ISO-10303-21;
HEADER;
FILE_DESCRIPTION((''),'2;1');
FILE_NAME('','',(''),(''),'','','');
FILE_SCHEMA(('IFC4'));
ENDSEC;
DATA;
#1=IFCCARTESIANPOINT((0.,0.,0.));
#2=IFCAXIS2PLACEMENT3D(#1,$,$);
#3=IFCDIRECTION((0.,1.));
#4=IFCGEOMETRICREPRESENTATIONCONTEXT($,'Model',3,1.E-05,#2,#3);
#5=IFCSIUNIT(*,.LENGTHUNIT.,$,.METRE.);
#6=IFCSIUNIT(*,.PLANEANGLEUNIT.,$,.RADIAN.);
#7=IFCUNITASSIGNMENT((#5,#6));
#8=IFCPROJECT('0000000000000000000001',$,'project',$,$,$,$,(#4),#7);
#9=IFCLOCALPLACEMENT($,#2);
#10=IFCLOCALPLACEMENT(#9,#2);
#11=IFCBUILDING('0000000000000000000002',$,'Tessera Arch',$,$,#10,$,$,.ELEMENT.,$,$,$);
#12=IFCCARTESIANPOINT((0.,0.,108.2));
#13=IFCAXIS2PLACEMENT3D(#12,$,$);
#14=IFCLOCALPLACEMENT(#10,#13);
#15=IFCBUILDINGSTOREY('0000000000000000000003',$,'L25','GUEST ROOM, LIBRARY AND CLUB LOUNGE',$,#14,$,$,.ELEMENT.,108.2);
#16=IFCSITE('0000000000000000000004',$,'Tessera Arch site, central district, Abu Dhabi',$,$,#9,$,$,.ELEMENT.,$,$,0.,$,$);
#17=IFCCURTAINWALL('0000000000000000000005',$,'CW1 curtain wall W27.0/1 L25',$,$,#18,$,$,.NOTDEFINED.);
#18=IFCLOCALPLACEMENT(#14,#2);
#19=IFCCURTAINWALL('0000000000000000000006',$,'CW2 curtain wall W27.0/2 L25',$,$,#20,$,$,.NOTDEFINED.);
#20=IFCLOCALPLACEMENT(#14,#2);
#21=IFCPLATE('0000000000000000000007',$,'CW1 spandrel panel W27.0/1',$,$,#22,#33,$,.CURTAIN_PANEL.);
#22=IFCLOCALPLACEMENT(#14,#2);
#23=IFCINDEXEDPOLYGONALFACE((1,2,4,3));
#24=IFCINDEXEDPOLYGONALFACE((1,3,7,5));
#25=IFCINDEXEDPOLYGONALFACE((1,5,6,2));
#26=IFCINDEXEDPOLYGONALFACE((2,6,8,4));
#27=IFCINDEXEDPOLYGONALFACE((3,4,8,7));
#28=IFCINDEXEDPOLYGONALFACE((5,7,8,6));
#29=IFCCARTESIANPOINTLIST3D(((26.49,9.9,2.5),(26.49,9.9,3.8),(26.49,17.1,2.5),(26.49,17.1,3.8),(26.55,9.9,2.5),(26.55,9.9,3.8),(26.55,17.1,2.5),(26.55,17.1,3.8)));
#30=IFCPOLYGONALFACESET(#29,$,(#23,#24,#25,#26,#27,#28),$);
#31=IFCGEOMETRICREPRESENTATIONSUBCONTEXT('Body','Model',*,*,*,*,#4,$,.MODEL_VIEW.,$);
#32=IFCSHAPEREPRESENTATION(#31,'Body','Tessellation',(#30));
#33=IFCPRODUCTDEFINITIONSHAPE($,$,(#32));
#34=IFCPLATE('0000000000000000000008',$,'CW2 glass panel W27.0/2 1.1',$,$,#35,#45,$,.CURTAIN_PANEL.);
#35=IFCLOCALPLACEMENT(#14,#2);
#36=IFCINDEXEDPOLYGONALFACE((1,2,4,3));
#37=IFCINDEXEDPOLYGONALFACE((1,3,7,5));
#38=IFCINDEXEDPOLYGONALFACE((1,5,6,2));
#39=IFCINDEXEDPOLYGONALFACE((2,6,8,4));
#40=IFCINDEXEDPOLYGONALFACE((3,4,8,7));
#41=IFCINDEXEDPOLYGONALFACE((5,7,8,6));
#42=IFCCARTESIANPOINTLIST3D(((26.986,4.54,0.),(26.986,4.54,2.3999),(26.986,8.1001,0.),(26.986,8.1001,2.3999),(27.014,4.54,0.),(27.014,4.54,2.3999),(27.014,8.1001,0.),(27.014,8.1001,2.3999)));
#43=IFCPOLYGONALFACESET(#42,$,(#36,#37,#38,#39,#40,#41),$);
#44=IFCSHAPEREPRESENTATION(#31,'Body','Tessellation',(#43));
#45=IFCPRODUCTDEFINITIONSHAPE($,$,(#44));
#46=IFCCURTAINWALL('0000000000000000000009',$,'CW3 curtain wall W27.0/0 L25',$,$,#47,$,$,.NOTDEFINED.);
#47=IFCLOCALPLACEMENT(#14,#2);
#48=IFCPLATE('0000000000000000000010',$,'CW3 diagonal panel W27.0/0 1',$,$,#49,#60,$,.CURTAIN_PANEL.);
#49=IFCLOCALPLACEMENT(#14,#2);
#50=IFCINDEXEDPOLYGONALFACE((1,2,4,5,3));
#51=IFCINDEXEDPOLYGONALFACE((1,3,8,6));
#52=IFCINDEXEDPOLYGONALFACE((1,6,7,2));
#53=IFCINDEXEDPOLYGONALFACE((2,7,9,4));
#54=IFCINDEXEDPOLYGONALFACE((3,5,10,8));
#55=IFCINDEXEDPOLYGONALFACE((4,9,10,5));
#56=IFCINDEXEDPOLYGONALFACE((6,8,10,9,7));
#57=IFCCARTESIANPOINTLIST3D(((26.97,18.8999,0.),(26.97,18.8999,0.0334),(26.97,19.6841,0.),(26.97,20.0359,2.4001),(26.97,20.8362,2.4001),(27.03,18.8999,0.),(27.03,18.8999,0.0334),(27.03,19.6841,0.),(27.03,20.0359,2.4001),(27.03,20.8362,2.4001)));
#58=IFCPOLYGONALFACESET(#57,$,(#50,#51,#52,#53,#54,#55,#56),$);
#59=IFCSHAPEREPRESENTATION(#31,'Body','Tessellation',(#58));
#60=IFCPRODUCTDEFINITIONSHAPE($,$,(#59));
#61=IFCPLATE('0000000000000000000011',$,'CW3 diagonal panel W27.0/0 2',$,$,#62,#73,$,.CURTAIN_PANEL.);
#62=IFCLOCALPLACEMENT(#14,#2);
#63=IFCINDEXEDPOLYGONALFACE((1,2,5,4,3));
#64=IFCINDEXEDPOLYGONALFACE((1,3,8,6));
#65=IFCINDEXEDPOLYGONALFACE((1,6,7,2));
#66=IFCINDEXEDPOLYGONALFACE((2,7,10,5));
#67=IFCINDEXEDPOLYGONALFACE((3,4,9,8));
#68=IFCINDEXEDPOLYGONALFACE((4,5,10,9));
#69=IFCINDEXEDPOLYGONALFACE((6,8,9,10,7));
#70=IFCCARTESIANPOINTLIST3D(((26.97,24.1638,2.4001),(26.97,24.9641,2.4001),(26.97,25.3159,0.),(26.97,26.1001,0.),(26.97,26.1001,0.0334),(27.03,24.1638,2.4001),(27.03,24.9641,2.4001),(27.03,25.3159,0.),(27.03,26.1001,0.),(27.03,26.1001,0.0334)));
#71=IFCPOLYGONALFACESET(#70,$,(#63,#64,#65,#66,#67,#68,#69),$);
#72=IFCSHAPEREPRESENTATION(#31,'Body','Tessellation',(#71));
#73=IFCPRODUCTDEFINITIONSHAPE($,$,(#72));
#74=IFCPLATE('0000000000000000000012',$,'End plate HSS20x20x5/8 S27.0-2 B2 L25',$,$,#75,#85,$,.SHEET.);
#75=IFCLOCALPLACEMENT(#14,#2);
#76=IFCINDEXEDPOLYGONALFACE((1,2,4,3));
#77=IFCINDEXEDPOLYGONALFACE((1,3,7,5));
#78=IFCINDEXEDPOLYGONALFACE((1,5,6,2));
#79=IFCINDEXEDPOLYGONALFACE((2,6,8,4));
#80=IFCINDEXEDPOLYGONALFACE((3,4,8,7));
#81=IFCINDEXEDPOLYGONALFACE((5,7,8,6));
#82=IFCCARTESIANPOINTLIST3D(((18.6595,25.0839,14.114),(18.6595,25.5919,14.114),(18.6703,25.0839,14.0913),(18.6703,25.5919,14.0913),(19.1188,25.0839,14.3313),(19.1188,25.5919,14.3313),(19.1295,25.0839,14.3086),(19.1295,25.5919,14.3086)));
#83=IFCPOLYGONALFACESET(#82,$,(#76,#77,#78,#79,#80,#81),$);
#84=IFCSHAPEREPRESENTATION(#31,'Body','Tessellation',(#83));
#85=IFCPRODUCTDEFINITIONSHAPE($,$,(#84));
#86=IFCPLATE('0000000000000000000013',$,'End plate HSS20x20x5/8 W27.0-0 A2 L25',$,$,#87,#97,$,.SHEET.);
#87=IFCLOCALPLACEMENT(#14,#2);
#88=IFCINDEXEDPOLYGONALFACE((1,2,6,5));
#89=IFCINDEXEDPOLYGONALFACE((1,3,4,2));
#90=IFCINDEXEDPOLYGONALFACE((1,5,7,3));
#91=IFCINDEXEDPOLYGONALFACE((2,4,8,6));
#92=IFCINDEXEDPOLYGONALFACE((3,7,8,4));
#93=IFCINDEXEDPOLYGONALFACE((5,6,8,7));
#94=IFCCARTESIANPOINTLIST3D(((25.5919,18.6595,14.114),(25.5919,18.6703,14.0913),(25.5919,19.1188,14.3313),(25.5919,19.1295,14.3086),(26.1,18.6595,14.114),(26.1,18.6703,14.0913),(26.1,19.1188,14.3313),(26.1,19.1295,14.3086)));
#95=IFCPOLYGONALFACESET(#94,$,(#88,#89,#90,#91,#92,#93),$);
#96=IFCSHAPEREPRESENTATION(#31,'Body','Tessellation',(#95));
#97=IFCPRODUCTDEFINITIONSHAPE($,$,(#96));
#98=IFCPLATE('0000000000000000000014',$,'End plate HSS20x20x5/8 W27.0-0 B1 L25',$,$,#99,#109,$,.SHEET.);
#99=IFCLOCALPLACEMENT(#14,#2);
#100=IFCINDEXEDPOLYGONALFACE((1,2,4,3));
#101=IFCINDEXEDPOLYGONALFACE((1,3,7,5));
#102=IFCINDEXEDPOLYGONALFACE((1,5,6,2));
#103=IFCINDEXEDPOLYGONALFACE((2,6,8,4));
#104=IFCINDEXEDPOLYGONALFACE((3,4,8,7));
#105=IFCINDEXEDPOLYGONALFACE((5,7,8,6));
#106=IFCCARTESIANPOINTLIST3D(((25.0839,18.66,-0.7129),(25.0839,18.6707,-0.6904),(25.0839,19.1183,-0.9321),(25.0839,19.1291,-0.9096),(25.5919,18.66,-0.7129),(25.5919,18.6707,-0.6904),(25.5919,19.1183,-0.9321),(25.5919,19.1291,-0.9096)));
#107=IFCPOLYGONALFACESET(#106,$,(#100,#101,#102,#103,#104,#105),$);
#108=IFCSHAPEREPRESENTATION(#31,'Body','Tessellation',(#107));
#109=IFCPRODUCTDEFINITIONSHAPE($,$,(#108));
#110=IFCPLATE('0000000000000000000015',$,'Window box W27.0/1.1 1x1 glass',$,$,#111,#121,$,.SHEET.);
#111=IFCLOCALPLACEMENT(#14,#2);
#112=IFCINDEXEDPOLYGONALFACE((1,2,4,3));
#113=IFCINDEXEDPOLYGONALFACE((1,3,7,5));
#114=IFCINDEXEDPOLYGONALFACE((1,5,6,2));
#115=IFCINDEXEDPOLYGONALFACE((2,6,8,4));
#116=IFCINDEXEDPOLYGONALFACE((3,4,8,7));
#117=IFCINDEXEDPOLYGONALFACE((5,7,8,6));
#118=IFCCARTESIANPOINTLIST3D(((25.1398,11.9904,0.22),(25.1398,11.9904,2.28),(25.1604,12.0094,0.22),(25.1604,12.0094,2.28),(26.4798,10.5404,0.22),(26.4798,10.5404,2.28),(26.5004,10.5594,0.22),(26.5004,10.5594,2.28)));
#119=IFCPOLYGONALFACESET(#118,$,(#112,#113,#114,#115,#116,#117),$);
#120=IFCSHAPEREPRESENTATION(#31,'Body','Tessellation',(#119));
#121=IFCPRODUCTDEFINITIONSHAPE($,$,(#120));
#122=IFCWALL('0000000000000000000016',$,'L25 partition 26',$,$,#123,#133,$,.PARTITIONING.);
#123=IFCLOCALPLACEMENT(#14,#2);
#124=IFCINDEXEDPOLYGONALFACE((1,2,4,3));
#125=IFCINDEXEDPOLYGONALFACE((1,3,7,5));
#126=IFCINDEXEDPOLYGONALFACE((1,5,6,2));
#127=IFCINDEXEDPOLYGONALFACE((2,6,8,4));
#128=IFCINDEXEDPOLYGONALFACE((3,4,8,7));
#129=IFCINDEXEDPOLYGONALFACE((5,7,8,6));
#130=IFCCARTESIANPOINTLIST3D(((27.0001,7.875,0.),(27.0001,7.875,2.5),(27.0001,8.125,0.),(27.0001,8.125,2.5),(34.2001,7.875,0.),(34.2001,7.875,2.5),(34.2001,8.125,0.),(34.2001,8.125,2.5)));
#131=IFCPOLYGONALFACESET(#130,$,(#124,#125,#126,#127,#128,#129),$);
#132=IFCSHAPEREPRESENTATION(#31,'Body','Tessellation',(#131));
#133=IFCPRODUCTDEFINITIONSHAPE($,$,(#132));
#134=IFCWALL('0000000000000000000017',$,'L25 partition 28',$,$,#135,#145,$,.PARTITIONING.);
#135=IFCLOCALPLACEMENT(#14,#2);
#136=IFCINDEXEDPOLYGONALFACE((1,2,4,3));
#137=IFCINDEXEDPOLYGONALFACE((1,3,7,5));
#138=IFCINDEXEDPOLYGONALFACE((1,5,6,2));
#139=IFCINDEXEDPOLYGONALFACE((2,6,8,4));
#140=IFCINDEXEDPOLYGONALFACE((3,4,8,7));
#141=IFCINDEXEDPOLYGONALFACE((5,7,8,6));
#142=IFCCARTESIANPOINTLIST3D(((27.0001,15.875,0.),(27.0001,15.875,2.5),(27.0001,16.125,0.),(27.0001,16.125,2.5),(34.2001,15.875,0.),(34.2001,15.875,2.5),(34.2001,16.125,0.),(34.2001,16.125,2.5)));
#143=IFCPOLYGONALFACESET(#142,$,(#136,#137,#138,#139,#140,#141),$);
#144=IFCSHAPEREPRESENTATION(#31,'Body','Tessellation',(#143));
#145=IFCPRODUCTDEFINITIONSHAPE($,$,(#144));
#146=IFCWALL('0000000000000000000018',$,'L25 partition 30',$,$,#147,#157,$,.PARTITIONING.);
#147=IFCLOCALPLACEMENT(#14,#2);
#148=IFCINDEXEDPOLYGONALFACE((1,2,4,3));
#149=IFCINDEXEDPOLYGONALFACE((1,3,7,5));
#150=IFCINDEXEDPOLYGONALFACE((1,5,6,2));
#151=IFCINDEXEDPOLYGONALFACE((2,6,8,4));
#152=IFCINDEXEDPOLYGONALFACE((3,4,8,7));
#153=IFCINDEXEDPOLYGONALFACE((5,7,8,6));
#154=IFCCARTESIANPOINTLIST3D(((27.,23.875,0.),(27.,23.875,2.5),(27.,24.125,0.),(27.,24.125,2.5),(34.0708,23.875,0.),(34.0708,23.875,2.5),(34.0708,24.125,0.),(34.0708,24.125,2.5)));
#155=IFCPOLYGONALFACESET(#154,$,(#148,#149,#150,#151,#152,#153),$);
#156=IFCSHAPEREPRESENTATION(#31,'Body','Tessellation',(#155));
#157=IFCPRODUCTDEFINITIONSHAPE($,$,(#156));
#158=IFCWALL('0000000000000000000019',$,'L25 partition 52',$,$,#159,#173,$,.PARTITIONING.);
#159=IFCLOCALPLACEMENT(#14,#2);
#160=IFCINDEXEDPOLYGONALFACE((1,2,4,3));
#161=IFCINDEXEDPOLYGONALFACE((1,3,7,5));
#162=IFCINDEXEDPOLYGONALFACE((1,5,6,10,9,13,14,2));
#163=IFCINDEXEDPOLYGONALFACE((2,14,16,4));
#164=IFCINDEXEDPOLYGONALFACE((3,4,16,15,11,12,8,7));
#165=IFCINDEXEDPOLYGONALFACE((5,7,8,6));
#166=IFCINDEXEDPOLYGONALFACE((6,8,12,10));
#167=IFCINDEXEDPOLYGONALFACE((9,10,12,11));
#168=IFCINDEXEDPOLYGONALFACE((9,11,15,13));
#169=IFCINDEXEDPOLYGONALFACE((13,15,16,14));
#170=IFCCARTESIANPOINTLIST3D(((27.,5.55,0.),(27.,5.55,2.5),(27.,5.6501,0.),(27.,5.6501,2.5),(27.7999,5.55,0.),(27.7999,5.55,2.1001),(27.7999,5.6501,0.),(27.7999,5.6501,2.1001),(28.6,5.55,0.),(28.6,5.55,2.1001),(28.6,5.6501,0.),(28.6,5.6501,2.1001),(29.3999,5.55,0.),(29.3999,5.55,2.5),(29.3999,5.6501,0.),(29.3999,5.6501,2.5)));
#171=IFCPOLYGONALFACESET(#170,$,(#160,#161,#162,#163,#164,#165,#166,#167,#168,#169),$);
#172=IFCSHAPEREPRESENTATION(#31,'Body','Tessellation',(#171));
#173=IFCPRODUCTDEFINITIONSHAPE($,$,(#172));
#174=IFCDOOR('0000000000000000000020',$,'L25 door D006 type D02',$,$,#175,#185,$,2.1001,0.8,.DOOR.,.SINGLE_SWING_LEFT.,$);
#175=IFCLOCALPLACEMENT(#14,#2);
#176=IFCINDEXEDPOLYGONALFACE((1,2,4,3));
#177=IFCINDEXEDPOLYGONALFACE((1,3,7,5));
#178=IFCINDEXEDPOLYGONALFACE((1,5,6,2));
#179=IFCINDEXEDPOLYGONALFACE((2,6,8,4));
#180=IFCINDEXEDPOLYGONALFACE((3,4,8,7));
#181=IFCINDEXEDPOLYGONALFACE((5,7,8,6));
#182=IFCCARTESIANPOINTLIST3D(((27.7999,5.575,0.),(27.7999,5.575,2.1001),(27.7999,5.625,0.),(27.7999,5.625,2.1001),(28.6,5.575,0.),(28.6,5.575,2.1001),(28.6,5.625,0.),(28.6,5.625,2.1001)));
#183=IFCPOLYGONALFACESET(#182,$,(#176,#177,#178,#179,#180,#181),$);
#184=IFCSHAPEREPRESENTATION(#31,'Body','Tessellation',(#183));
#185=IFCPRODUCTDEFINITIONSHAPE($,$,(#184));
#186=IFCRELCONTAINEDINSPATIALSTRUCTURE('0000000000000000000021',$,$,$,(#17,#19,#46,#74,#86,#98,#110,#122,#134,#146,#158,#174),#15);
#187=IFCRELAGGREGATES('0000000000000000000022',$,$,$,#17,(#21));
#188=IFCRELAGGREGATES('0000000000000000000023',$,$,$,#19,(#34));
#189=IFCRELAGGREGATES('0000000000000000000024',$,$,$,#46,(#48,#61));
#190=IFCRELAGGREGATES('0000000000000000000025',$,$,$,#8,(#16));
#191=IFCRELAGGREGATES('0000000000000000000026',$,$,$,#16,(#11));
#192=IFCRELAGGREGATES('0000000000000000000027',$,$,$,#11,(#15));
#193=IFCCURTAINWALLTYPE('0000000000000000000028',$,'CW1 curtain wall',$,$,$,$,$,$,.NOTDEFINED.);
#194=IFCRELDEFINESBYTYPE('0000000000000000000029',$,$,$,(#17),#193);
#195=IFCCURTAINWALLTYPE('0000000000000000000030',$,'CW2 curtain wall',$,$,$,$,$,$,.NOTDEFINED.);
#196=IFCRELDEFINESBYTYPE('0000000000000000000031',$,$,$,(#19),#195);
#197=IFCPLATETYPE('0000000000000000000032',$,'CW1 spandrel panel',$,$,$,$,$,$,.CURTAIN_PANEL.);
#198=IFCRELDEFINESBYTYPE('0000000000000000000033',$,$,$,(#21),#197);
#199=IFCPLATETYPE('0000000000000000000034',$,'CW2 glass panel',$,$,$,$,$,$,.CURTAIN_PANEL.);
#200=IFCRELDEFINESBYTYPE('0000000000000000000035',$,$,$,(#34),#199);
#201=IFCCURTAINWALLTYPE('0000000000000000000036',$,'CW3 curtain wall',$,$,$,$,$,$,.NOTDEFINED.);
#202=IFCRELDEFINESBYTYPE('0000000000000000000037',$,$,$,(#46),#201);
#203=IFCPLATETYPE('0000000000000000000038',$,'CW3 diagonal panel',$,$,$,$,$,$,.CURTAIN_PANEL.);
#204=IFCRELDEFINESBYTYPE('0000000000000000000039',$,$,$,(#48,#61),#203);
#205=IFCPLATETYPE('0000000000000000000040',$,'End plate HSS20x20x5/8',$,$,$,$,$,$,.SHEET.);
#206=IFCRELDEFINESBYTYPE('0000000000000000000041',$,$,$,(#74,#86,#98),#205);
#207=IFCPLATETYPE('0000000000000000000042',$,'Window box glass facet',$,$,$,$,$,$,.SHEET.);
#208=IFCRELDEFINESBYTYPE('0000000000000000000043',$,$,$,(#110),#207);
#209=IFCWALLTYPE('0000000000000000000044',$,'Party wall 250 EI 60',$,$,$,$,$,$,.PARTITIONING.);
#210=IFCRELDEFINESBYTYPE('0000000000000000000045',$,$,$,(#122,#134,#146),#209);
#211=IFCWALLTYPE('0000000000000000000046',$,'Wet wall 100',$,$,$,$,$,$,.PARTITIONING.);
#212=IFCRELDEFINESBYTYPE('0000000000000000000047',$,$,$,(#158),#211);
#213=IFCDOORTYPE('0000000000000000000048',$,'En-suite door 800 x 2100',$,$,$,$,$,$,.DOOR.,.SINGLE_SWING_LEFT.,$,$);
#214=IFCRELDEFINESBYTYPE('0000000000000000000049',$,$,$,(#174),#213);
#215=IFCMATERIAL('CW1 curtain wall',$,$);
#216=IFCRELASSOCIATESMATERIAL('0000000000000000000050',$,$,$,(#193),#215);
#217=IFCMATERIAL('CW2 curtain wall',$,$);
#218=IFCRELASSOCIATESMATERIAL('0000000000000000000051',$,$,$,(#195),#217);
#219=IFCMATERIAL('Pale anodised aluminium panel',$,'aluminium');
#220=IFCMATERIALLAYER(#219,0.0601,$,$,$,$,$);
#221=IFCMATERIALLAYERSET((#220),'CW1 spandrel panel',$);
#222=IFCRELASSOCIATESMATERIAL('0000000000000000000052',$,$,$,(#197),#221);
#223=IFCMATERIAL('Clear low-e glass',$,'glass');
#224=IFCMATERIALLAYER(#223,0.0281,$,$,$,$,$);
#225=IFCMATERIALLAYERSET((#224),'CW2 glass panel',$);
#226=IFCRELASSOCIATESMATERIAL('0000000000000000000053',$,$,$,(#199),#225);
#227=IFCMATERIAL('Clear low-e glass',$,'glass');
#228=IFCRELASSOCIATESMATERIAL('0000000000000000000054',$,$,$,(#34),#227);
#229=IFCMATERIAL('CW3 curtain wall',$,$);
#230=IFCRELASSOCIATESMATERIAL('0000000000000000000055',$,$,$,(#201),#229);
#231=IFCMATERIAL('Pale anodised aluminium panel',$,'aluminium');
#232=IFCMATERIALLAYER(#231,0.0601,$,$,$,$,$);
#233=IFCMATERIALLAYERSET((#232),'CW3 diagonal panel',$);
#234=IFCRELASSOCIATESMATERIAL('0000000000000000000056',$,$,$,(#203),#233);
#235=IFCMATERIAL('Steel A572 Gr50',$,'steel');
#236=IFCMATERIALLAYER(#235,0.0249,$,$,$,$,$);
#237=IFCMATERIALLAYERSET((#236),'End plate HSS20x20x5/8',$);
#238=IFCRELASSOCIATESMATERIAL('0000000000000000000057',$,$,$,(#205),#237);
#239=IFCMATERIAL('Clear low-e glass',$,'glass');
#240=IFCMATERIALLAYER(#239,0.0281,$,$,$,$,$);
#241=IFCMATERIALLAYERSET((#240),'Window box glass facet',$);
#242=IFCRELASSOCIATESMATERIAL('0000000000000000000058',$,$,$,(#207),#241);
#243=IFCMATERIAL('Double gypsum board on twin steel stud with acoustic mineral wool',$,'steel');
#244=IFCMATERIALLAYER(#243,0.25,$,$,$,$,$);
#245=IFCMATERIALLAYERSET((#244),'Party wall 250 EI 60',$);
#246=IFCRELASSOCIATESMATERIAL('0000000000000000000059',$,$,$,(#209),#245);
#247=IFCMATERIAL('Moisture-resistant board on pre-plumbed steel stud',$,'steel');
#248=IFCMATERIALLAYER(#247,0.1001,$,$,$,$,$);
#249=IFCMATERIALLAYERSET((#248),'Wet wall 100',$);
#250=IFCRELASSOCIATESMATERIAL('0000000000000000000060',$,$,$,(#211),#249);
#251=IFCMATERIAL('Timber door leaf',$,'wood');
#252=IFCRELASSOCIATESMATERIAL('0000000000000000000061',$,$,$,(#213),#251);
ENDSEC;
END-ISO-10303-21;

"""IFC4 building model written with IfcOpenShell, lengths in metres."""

from ifc_helpers import new_model, si_unit, direction, frame, frame_2d, origin, origin_2d, place, context, subcontext, project, spatial, polyline, rectangle, outline, extrude, material, layer, layer_set, type_object, element, fill, aggregate, save


model = new_model("IFC4")

# Units and contexts
model_context = context("Model", 3, precision=1e-05, world=origin(), true_north=direction((0.0, 1.0)))
body_context = subcontext(model_context, "Body", "Model", "MODEL_VIEW")
ifc_project = project(units=[si_unit("LENGTHUNIT", "METRE"), si_unit("PLANEANGLEUNIT", "RADIAN")], contexts=[model_context])

# Site, building, storey
site_placement = place(None, origin())
site = spatial("IfcSite", under=ifc_project, at=site_placement, Name="Tessera Arch site, central district, Abu Dhabi", CompositionType="ELEMENT", RefElevation=0.0)
building_placement = place(site_placement, origin())
building = spatial("IfcBuilding", under=site, at=building_placement, Name="Tessera Arch", CompositionType="ELEMENT")
storey_placement = place(building_placement, frame((0.0, 0.0, 108.2)))
storey = spatial("IfcBuildingStorey", under=building, at=storey_placement, Name="L25", Description="GUEST ROOM, LIBRARY AND CLUB LOUNGE", CompositionType="ELEMENT", Elevation=108.2)

# Curtain wall
ifc_material_1 = material(Name="CW1 curtain wall")
curtain_wall_type_1 = type_object("IfcCurtainWallType", Name="CW1 curtain wall", PredefinedType="NOTDEFINED", material=ifc_material_1)
curtain_wall_1_placement = place(storey_placement, origin())
curtain_wall_1 = element("IfcCurtainWall", 1, at=curtain_wall_1_placement, inside=storey, type_object=curtain_wall_type_1, Name="CW1 curtain wall W27.0/1 L25", PredefinedType="NOTDEFINED")

# Curtain wall
ifc_material_2 = material(Name="CW2 curtain wall")
curtain_wall_type_2 = type_object("IfcCurtainWallType", Name="CW2 curtain wall", PredefinedType="NOTDEFINED", material=ifc_material_2)
curtain_wall_2_placement = place(storey_placement, origin())
curtain_wall_2 = element("IfcCurtainWall", 2, at=curtain_wall_2_placement, inside=storey, type_object=curtain_wall_type_2, Name="CW2 curtain wall W27.0/2 L25", PredefinedType="NOTDEFINED")

# Plates
ifc_material_3 = material(Name="Clear low-e glass", Category="glass")
ifc_material_4 = material(Name="Pale anodised aluminium panel", Category="aluminium")
ifc_layer_1 = layer(ifc_material_4, 0.0601)
ifc_layer_set_1 = layer_set([ifc_layer_1], Name="CW1 spandrel panel")
plate_type_1 = type_object("IfcPlateType", Name="CW1 spandrel panel", PredefinedType="CURTAIN_PANEL", material=ifc_layer_set_1)
plate_1_placement = place(storey_placement, frame((26.52, 13.5, 2.5), z_axis=(0.0, 0.0, 1.0), x_axis=(0.0, -1.0, 0.0)))
plate_1 = element("IfcPlate", 3, at=plate_1_placement, type_object=plate_type_1, Name="CW1 spandrel panel W27.0/1", PredefinedType="CURTAIN_PANEL", context=body_context, shape_type="SweptSolid", body=[
    extrude(rectangle(XDim=7.2, YDim=0.0601, at=origin_2d()), origin(), (0.0, 0.0, 1.0), 1.3),
])
aggregate(curtain_wall_1, [plate_1])
ifc_material_5 = material(Name="Clear low-e glass", Category="glass")
ifc_layer_2 = layer(ifc_material_5, 0.0281)
ifc_layer_set_2 = layer_set([ifc_layer_2], Name="CW2 glass panel")
plate_type_2 = type_object("IfcPlateType", Name="CW2 glass panel", PredefinedType="CURTAIN_PANEL", material=ifc_layer_set_2)
plate_2_placement = place(storey_placement, frame((27.0, 6.3201, 0.0), z_axis=(0.0, 0.0, 1.0), x_axis=(0.0, -1.0, 0.0)))
plate_2 = element("IfcPlate", 4, at=plate_2_placement, type_object=plate_type_2, material=ifc_material_3, Name="CW2 glass panel W27.0/2 1.1", PredefinedType="CURTAIN_PANEL", context=body_context, shape_type="SweptSolid", body=[
    extrude(rectangle(XDim=3.5601, YDim=0.0281, at=origin_2d()), origin(), (0.0, 0.0, 1.0), 2.3999),
])
aggregate(curtain_wall_2, [plate_2])

# Curtain wall, plates
ifc_material_6 = material(Name="CW3 curtain wall")
curtain_wall_type_3 = type_object("IfcCurtainWallType", Name="CW3 curtain wall", PredefinedType="NOTDEFINED", material=ifc_material_6)
curtain_wall_3_placement = place(storey_placement, origin())
curtain_wall_3 = element("IfcCurtainWall", 5, at=curtain_wall_3_placement, inside=storey, type_object=curtain_wall_type_3, Name="CW3 curtain wall W27.0/0 L25", PredefinedType="NOTDEFINED")
ifc_material_7 = material(Name="Pale anodised aluminium panel", Category="aluminium")
ifc_layer_3 = layer(ifc_material_7, 0.0601)
ifc_layer_set_3 = layer_set([ifc_layer_3], Name="CW3 diagonal panel")
plate_type_3 = type_object("IfcPlateType", Name="CW3 diagonal panel", PredefinedType="CURTAIN_PANEL", material=ifc_layer_set_3)
plate_3_placement = place(storey_placement, frame((26.97, 18.8999, 0.0), z_axis=(-1.0, 0.0, 0.0), x_axis=(0.0, 0.0, 1.0)))
plate_3 = element("IfcPlate", 6, at=plate_3_placement, type_object=plate_type_3, Name="CW3 diagonal panel W27.0/0 1", PredefinedType="CURTAIN_PANEL", context=body_context, shape_type="SweptSolid", body=[
    extrude(outline(polyline([(0.0, 0.0), (0.0334, 0.0), (2.4001, 1.136), (2.4001, 1.9363), (0.0, 0.7842), (0.0, 0.0)])), origin(), (0.0, 0.0, -1.0), 0.0601),
])
plate_4_placement = place(storey_placement, frame((26.97, 24.1638, 2.4001), z_axis=(-1.0, 0.0, 0.0), x_axis=(0.0, 1.0, 0.0)))
plate_4 = element("IfcPlate", 7, at=plate_4_placement, type_object=plate_type_3, Name="CW3 diagonal panel W27.0/0 2", PredefinedType="CURTAIN_PANEL", context=body_context, shape_type="SweptSolid", body=[
    extrude(outline(polyline([(0.0, 0.0), (0.8003, 0.0), (1.9363, 2.3667), (1.9363, 2.4001), (1.1521, 2.4001), (0.0, 0.0)])), origin(), (0.0, 0.0, -1.0), 0.0601),
])
aggregate(curtain_wall_3, [plate_3, plate_4])

# Plates
ifc_material_8 = material(Name="Steel A572 Gr50", Category="steel")
ifc_layer_4 = layer(ifc_material_8, 0.0249)
ifc_layer_set_4 = layer_set([ifc_layer_4], Name="End plate HSS20x20x5/8")
plate_type_4 = type_object("IfcPlateType", Name="End plate HSS20x20x5/8", PredefinedType="SHEET", material=ifc_layer_set_4)
for number, where, z_axis, x_axis, name in (
    (8, (18.8999, 25.3379, 14.2), (-0.427668, 0.0, 0.903936), (0.0, -1.0, 0.0), "End plate HSS20x20x5/8 S27.0-2 B2 L25"),
    (9, (25.8459, 18.8999, 14.2), (0.0, -0.427668, 0.903936), (1.0, 0.0, 0.0), "End plate HSS20x20x5/8 W27.0-0 A2 L25"),
):
    element("IfcPlate", number, at=place(storey_placement, frame(where, z_axis=z_axis, x_axis=x_axis)), inside=storey, type_object=plate_type_4, Name=name, PredefinedType="SHEET", context=body_context, shape_type="SweptSolid", body=[
        extrude(rectangle(XDim=0.5081, YDim=0.5081, at=origin_2d()), origin(), (0.0, 0.0, 1.0), 0.0251),
    ])
plate_5_placement = place(storey_placement, frame((25.3379, 18.8892, -0.8225), z_axis=(0.0, 0.431455, 0.902134), x_axis=(-1.0, 0.0, 0.0)))
element("IfcPlate", 10, at=plate_5_placement, inside=storey, type_object=plate_type_4, Name="End plate HSS20x20x5/8 W27.0-0 B1 L25", PredefinedType="SHEET", context=body_context, shape_type="SweptSolid", body=[
    extrude(rectangle(XDim=0.5081, YDim=0.5081, at=origin_2d()), origin(), (0.0, 0.0, 1.0), 0.0249),
])
ifc_material_9 = material(Name="Clear low-e glass", Category="glass")
ifc_layer_5 = layer(ifc_material_9, 0.0281)
ifc_layer_set_5 = layer_set([ifc_layer_5], Name="Window box glass facet")
plate_type_5 = type_object("IfcPlateType", Name="Window box glass facet", PredefinedType="SHEET", material=ifc_layer_set_5)
plate_6_placement = place(storey_placement, frame((25.8201, 11.2749, 0.22), z_axis=(0.0, 0.0, 1.0), x_axis=(-0.678701, 0.734415, 0.0)))
element("IfcPlate", 11, at=plate_6_placement, inside=storey, type_object=plate_type_5, Name="Window box W27.0/1.1 1x1 glass", PredefinedType="SHEET", context=body_context, shape_type="SweptSolid", body=[
    extrude(rectangle(XDim=1.9744, YDim=0.0281, at=origin_2d()), origin(), (0.0, 0.0, 1.0), 2.0601),
])

# Walls
ifc_material_10 = material(Name="Double gypsum board on twin steel stud with acoustic mineral wool", Category="steel")
ifc_layer_6 = layer(ifc_material_10, 0.25)
ifc_layer_set_6 = layer_set([ifc_layer_6], Name="Party wall 250 EI 60")
wall_type_1 = type_object("IfcWallType", Name="Party wall 250 EI 60", PredefinedType="PARTITIONING", material=ifc_layer_set_6)
for number, where, z_axis, x_axis, name in (
    (12, (27.0, 8.0, 0.0), (0.0, 0.0, 1.0), (1.0, 0.0, 0.0), "L25 partition 26"),
    (13, (27.0, 16.0, 0.0), (0.0, 0.0, 1.0), (1.0, 0.0, 0.0), "L25 partition 28"),
):
    element("IfcWall", number, at=place(storey_placement, frame(where, z_axis=z_axis, x_axis=x_axis)), inside=storey, type_object=wall_type_1, Name=name, PredefinedType="PARTITIONING", context=body_context, shape_type="SweptSolid", body=[
        extrude(rectangle(XDim=7.2, YDim=0.25, at=frame_2d((3.6001, 0.0))), origin(), (0.0, 0.0, 1.0), 2.5),
    ])
wall_1_placement = place(storey_placement, frame((27.0, 24.0, 0.0), z_axis=(0.0, 0.0, 1.0), x_axis=(1.0, 0.0, 0.0)))
element("IfcWall", 14, at=wall_1_placement, inside=storey, type_object=wall_type_1, Name="L25 partition 30", PredefinedType="PARTITIONING", context=body_context, shape_type="SweptSolid", body=[
    extrude(rectangle(XDim=7.0708, YDim=0.25, at=frame_2d((3.5354, 0.0))), origin(), (0.0, 0.0, 1.0), 2.5),
])

# Wall, opening, door
ifc_material_11 = material(Name="Moisture-resistant board on pre-plumbed steel stud", Category="steel")
ifc_layer_7 = layer(ifc_material_11, 0.1001)
ifc_layer_set_7 = layer_set([ifc_layer_7], Name="Wet wall 100")
wall_type_2 = type_object("IfcWallType", Name="Wet wall 100", PredefinedType="PARTITIONING", material=ifc_layer_set_7)
wall_2_placement = place(storey_placement, frame((27.0, 5.6001, 0.0), z_axis=(0.0, 0.0, 1.0), x_axis=(1.0, 0.0, 0.0)))
wall_2 = element("IfcWall", 15, at=wall_2_placement, inside=storey, type_object=wall_type_2, Name="L25 partition 52", PredefinedType="PARTITIONING", context=body_context, shape_type="SweptSolid", body=[
    extrude(rectangle(XDim=2.3999, YDim=0.1001, at=frame_2d((1.2, 0.0))), origin(), (0.0, 0.0, 1.0), 2.5),
])
opening_placement = place(wall_2_placement, frame((0.8, 0.0, 0.0)))
opening = element("IfcOpeningElement", 16, at=opening_placement, cuts=wall_2, PredefinedType="OPENING", context=body_context, shape_type="SweptSolid", body=[
    extrude(rectangle(XDim=0.8, YDim=2.1001, at=frame_2d((0.3999, 1.05))), frame((0.0, 0.0601, 0.0), z_axis=(0.0, -1.0, 0.0), x_axis=(1.0, 0.0, 0.0)), (0.0, 0.0, 1.0), 0.1201),
])
ifc_material_12 = material(Name="Timber door leaf", Category="wood")
door_type = type_object("IfcDoorType", Name="En-suite door 800 x 2100", OperationType="SINGLE_SWING_LEFT", PredefinedType="DOOR", material=ifc_material_12)
door_placement = place(opening_placement, origin())
door = element("IfcDoor", 17, at=door_placement, inside=storey, type_object=door_type, Name="L25 door D006 type D02", OperationType="SINGLE_SWING_LEFT", OverallHeight=2.1001, OverallWidth=0.8, PredefinedType="DOOR", context=body_context, shape_type="SweptSolid", body=[
    extrude(rectangle(XDim=0.8, YDim=2.1001, at=frame_2d((0.3999, 1.05))), frame((0.0, 0.0249, 0.0), z_axis=(0.0, -1.0, 0.0), x_axis=(1.0, 0.0, 0.0)), (0.0, 0.0, 1.0), 0.05),
])
fill(opening, door)

save(model, "model.ifc")
